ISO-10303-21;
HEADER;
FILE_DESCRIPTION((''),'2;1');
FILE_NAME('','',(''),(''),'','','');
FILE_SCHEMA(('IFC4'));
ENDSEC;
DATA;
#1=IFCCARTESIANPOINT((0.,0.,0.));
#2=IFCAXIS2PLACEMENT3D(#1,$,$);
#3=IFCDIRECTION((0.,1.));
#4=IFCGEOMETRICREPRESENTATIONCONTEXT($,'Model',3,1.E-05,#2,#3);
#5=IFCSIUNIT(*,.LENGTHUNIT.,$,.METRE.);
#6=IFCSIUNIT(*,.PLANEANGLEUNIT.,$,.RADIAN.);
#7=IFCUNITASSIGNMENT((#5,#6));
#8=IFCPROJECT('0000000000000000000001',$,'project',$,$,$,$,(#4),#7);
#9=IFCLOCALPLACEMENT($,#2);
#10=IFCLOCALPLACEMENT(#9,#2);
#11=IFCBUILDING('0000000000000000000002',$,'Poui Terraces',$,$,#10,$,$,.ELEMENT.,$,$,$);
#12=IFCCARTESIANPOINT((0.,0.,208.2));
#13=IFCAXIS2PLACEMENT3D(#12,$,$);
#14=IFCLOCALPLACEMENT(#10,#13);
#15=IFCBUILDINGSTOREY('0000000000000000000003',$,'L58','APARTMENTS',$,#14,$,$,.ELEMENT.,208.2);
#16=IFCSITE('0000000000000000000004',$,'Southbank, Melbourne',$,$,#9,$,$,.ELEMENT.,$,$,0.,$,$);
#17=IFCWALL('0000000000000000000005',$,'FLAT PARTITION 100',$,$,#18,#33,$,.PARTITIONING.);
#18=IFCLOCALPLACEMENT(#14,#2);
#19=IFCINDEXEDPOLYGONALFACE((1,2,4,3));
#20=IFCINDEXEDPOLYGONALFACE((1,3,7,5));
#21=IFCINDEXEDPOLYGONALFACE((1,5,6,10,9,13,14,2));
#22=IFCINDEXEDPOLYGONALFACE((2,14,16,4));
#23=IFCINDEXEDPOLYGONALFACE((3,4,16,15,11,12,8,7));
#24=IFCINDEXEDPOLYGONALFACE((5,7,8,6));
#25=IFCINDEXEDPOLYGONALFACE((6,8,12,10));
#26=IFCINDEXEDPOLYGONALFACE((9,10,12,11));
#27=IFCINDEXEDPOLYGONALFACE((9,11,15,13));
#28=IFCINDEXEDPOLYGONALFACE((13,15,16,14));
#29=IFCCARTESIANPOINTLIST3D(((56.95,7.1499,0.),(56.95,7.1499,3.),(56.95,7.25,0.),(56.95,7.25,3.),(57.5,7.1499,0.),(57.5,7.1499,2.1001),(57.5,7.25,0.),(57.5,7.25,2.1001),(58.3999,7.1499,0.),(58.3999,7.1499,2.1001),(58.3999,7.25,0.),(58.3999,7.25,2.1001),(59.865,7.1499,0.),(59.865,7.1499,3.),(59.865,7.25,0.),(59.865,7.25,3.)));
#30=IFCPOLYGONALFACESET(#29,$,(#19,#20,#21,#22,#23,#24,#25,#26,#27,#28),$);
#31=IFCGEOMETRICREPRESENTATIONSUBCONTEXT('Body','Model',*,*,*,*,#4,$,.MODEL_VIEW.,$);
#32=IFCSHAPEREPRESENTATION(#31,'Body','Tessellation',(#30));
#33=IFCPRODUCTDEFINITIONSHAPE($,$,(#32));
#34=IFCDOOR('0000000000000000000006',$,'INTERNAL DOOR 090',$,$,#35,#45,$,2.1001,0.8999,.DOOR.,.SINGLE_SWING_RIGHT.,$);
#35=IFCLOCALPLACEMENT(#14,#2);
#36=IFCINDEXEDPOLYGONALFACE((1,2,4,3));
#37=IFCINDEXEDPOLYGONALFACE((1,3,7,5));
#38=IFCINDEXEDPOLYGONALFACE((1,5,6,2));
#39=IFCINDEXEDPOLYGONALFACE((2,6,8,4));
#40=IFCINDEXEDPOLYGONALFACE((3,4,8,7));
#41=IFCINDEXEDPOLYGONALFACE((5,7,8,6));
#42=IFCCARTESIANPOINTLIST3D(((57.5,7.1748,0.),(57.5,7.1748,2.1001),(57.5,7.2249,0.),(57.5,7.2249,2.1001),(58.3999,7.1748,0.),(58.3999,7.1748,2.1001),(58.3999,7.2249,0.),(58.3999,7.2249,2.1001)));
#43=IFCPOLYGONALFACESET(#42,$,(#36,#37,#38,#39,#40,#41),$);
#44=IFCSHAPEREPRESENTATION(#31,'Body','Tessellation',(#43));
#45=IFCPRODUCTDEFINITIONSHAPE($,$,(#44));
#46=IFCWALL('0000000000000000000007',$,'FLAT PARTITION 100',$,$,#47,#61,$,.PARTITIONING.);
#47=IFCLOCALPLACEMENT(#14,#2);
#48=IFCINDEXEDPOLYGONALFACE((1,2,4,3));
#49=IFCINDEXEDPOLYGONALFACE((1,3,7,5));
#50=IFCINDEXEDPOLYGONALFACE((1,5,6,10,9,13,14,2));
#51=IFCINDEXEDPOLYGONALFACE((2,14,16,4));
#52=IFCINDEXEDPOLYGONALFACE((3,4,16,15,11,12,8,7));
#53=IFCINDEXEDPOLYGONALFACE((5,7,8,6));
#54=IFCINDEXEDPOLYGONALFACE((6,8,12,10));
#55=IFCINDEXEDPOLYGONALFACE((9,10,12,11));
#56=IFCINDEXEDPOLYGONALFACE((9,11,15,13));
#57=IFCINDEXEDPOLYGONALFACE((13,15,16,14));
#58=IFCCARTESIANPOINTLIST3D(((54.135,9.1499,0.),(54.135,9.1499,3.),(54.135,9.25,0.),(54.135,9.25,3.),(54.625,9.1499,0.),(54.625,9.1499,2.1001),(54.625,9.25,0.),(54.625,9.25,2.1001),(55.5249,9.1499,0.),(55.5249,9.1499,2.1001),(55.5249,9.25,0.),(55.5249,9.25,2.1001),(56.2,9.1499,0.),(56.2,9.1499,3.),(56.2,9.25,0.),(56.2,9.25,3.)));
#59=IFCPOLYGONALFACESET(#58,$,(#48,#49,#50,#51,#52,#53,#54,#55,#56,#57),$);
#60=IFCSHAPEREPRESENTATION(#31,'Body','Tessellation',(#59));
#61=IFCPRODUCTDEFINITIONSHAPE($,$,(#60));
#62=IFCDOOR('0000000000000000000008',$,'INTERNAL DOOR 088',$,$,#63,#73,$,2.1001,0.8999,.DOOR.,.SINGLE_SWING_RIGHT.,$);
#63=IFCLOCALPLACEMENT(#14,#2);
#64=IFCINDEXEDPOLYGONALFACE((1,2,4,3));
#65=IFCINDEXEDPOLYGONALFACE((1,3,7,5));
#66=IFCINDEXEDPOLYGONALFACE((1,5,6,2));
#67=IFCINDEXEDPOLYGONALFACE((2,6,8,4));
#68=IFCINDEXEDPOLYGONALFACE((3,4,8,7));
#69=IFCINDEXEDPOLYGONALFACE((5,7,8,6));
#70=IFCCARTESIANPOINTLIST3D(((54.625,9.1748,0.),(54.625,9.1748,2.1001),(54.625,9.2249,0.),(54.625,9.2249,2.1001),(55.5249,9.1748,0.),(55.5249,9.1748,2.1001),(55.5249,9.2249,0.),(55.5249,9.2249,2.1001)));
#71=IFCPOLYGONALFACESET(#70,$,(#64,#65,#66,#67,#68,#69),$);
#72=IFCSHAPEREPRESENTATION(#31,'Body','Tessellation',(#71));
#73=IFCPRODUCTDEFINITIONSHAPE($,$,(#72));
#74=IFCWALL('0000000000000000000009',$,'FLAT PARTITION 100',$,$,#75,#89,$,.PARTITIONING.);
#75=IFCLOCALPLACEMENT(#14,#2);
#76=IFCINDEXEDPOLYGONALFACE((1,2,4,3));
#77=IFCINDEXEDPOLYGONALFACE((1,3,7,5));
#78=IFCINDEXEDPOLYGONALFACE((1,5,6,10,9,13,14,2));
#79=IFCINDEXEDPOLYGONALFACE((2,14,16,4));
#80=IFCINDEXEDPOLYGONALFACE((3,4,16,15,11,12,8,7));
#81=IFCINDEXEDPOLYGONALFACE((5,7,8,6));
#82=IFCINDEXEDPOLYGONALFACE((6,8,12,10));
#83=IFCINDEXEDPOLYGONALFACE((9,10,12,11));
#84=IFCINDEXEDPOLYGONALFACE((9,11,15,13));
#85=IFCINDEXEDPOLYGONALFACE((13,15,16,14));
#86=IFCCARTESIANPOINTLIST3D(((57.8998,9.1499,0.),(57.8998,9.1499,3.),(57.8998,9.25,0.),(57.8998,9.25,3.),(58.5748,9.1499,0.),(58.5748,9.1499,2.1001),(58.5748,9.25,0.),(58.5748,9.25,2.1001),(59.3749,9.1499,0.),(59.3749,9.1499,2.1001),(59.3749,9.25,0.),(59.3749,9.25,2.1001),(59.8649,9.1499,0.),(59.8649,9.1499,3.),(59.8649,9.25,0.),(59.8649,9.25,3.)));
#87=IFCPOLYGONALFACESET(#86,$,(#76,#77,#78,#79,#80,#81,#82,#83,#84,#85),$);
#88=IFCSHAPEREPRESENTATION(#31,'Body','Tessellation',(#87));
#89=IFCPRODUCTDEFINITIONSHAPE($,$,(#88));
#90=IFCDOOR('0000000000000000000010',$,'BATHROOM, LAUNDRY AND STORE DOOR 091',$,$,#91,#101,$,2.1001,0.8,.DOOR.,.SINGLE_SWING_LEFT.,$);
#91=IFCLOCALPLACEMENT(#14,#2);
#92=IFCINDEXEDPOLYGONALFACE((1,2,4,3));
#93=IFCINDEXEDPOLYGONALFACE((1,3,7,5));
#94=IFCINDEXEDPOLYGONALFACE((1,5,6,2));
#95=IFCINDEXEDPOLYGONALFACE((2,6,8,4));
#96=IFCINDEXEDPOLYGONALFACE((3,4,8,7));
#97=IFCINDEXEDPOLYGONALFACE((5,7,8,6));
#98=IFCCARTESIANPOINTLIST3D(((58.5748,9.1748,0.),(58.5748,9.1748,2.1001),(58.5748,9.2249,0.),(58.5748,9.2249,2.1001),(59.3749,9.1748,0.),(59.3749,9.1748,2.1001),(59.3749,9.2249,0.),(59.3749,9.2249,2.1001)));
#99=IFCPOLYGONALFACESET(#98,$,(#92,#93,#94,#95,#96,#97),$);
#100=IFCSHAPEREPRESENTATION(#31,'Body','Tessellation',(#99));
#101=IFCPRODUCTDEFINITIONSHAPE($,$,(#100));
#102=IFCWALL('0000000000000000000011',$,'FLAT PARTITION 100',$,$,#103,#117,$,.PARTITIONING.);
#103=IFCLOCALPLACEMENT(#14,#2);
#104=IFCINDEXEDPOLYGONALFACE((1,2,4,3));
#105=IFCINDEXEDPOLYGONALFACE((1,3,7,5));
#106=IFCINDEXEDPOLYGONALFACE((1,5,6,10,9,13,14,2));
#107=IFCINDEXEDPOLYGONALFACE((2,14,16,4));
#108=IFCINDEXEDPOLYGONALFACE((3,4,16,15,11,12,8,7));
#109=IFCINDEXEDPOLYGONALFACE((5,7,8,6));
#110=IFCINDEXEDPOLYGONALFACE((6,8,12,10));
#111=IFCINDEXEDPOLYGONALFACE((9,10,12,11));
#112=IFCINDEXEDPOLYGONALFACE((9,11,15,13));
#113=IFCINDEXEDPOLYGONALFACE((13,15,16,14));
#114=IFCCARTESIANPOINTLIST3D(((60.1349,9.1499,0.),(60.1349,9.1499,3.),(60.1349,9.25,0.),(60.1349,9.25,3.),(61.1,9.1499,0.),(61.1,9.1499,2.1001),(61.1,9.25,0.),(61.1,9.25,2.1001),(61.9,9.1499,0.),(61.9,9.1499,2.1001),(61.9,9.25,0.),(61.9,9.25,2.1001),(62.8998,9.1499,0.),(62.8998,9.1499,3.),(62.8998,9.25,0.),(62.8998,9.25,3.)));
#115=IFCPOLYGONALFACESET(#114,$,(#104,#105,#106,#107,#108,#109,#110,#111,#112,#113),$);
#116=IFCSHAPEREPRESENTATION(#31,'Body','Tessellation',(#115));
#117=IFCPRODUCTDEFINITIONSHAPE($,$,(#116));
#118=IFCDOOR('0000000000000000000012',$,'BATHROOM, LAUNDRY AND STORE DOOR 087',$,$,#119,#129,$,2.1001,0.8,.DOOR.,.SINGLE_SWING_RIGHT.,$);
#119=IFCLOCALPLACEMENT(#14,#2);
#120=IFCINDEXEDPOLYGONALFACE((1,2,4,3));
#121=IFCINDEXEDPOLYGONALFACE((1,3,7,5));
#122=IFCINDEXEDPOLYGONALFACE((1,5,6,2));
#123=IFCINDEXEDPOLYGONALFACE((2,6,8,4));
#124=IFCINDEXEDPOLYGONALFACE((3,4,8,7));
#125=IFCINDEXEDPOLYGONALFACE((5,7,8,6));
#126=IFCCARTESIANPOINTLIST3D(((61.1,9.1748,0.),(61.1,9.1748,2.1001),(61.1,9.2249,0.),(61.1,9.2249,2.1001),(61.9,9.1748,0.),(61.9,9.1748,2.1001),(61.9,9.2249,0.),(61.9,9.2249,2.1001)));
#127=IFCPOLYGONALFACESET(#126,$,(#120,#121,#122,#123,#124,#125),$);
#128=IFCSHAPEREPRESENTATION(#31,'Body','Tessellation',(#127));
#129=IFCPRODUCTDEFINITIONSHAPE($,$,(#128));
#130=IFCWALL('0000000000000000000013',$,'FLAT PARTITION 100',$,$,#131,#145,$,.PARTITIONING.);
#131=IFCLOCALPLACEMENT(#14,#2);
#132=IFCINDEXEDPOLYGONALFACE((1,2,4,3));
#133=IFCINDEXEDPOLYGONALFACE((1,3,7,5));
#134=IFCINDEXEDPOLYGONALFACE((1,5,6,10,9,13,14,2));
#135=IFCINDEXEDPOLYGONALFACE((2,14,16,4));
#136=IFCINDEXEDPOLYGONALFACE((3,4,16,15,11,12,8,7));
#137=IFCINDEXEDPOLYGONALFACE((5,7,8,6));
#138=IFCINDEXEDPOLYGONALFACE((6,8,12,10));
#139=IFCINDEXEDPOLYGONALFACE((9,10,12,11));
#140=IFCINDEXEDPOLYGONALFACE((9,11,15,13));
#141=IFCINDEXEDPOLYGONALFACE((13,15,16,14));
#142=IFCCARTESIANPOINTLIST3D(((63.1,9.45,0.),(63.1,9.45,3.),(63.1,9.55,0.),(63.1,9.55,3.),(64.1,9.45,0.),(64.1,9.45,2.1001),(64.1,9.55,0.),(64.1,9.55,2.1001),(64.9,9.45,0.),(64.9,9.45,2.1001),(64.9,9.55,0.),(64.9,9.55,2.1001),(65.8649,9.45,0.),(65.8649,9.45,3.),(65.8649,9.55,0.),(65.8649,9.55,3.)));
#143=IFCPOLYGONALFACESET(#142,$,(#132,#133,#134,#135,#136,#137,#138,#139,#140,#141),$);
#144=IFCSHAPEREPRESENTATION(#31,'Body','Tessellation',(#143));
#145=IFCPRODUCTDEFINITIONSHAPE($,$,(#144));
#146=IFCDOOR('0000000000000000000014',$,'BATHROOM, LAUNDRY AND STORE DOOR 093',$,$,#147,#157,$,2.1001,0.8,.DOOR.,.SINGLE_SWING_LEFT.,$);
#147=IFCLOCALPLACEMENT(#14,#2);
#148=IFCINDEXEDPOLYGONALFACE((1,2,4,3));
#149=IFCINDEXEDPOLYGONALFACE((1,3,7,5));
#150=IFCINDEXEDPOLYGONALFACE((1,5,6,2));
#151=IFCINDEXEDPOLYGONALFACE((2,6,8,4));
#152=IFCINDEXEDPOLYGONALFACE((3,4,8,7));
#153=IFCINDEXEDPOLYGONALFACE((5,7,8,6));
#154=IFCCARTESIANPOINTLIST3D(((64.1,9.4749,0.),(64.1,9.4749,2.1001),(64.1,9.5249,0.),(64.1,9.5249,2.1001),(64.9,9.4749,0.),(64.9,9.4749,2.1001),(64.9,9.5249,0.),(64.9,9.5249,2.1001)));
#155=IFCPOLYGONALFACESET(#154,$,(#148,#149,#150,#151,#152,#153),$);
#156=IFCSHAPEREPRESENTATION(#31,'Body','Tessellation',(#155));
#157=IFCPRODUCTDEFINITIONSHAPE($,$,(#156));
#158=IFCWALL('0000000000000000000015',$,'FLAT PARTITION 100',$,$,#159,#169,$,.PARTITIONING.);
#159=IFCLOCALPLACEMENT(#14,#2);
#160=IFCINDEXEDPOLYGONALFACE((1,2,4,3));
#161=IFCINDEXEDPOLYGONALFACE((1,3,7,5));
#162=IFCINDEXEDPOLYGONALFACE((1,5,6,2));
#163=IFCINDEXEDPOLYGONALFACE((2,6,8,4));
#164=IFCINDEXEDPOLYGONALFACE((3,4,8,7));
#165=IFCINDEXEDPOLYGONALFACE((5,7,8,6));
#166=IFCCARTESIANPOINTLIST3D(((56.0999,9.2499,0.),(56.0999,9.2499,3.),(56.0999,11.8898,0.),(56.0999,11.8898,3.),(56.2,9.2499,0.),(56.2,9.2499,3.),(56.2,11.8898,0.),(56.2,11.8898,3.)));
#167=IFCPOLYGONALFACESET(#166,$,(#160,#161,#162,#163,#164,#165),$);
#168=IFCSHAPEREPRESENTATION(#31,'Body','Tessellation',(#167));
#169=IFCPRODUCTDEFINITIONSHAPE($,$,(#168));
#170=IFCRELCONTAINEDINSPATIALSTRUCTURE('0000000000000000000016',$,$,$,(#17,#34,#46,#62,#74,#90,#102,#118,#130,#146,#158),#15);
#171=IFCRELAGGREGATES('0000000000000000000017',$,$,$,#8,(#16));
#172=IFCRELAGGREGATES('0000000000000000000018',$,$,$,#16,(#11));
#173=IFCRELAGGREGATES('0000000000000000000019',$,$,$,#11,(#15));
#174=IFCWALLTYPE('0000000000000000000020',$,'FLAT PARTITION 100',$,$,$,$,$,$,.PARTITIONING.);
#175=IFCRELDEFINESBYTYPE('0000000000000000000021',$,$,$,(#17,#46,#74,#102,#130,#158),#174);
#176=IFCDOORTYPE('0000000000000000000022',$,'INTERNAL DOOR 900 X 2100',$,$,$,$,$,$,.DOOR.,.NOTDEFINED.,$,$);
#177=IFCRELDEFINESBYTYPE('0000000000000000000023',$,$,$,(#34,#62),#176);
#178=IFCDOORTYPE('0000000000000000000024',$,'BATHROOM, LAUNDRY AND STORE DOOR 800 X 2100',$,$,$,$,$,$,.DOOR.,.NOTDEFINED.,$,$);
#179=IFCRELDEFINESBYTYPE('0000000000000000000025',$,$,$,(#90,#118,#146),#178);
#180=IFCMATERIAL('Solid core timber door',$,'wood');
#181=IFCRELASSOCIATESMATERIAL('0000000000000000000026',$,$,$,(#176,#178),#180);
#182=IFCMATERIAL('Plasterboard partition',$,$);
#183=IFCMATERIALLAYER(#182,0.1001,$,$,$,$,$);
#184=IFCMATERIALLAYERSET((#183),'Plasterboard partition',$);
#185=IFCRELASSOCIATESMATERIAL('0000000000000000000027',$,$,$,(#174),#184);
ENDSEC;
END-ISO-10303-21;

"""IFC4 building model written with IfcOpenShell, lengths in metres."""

from ifc_helpers import new_model, si_unit, direction, frame, frame_2d, origin, place, context, subcontext, project, spatial, rectangle, extrude, material, layer, layer_set, type_object, element, fill, save


model = new_model("IFC4")

# Units and contexts
model_context = context("Model", 3, precision=1e-05, world=origin(), true_north=direction((0.0, 1.0)))
body_context = subcontext(model_context, "Body", "Model", "MODEL_VIEW")
ifc_project = project(units=[si_unit("LENGTHUNIT", "METRE"), si_unit("PLANEANGLEUNIT", "RADIAN")], contexts=[model_context])

# Site, building, storey
site_placement = place(None, origin())
site = spatial("IfcSite", under=ifc_project, at=site_placement, Name="Southbank, Melbourne", CompositionType="ELEMENT", RefElevation=0.0)
building_placement = place(site_placement, origin())
building = spatial("IfcBuilding", under=site, at=building_placement, Name="Poui Terraces", CompositionType="ELEMENT")
storey_placement = place(building_placement, frame((0.0, 0.0, 208.2)))
storey = spatial("IfcBuildingStorey", under=building, at=storey_placement, Name="L58", Description="APARTMENTS", CompositionType="ELEMENT", Elevation=208.2)

# Walls, openings, doors
ifc_material_1 = material(Name="Solid core timber door", Category="wood")
door_type_1 = type_object("IfcDoorType", Name="INTERNAL DOOR 900 X 2100", OperationType="NOTDEFINED", PredefinedType="DOOR", material=ifc_material_1)
ifc_material_2 = material(Name="Plasterboard partition")
ifc_layer_1 = layer(ifc_material_2, 0.1001)
ifc_layer_set_1 = layer_set([ifc_layer_1], Name="Plasterboard partition")
wall_type_1 = type_object("IfcWallType", Name="FLAT PARTITION 100", PredefinedType="PARTITIONING", material=ifc_layer_set_1)
wall_1_placement = place(storey_placement, frame((56.95, 7.2, 0.0), z_axis=(0.0, 0.0, 1.0), x_axis=(1.0, 0.0, 0.0)))
wall_1 = element("IfcWall", 1, at=wall_1_placement, inside=storey, type_object=wall_type_1, Name="FLAT PARTITION 100", PredefinedType="PARTITIONING", context=body_context, shape_type="SweptSolid", body=[
    extrude(rectangle(XDim=2.915, YDim=0.1001, at=frame_2d((1.4575, 0.0))), origin(), (0.0, 0.0, 1.0), 3.0),
])
opening_1_placement = place(wall_1_placement, frame((0.55, 0.0, 0.0)))
opening_1 = element("IfcOpeningElement", 2, at=opening_1_placement, cuts=wall_1, PredefinedType="OPENING", context=body_context, shape_type="SweptSolid", body=[
    extrude(rectangle(XDim=0.8999, YDim=2.1001, at=frame_2d((0.45, 1.05))), frame((0.0, 0.0601, 0.0), z_axis=(0.0, -1.0, 0.0), x_axis=(1.0, 0.0, 0.0)), (0.0, 0.0, 1.0), 0.1201),
])
door_1_placement = place(opening_1_placement, origin())
door_1 = element("IfcDoor", 3, at=door_1_placement, inside=storey, type_object=door_type_1, Name="INTERNAL DOOR 090", OperationType="SINGLE_SWING_RIGHT", OverallHeight=2.1001, OverallWidth=0.8999, PredefinedType="DOOR", context=body_context, shape_type="SweptSolid", body=[
    extrude(rectangle(XDim=0.8999, YDim=2.1001, at=frame_2d((0.45, 1.05))), frame((0.0, 0.0249, 0.0), z_axis=(0.0, -1.0, 0.0), x_axis=(1.0, 0.0, 0.0)), (0.0, 0.0, 1.0), 0.05),
])
fill(opening_1, door_1)
wall_2_placement = place(storey_placement, frame((54.135, 9.2, 0.0), z_axis=(0.0, 0.0, 1.0), x_axis=(1.0, 0.0, 0.0)))
wall_2 = element("IfcWall", 4, at=wall_2_placement, inside=storey, type_object=wall_type_1, Name="FLAT PARTITION 100", PredefinedType="PARTITIONING", context=body_context, shape_type="SweptSolid", body=[
    extrude(rectangle(XDim=2.0649, YDim=0.1001, at=frame_2d((1.0325, 0.0))), origin(), (0.0, 0.0, 1.0), 3.0),
])
opening_2_placement = place(wall_2_placement, frame((0.49, 0.0, 0.0)))
opening_2 = element("IfcOpeningElement", 5, at=opening_2_placement, cuts=wall_2, PredefinedType="OPENING", context=body_context, shape_type="SweptSolid", body=[
    extrude(rectangle(XDim=0.8999, YDim=2.1001, at=frame_2d((0.45, 1.05))), frame((0.0, 0.0601, 0.0), z_axis=(0.0, -1.0, 0.0), x_axis=(1.0, 0.0, 0.0)), (0.0, 0.0, 1.0), 0.1201),
])
door_2_placement = place(opening_2_placement, origin())
door_2 = element("IfcDoor", 6, at=door_2_placement, inside=storey, type_object=door_type_1, Name="INTERNAL DOOR 088", OperationType="SINGLE_SWING_RIGHT", OverallHeight=2.1001, OverallWidth=0.8999, PredefinedType="DOOR", context=body_context, shape_type="SweptSolid", body=[
    extrude(rectangle(XDim=0.8999, YDim=2.1001, at=frame_2d((0.45, 1.05))), frame((0.0, 0.0249, 0.0), z_axis=(0.0, -1.0, 0.0), x_axis=(1.0, 0.0, 0.0)), (0.0, 0.0, 1.0), 0.05),
])
fill(opening_2, door_2)
wall_3_placement = place(storey_placement, frame((57.8999, 9.2, 0.0), z_axis=(0.0, 0.0, 1.0), x_axis=(1.0, 0.0, 0.0)))
wall_3 = element("IfcWall", 7, at=wall_3_placement, inside=storey, type_object=wall_type_1, Name="FLAT PARTITION 100", PredefinedType="PARTITIONING", context=body_context, shape_type="SweptSolid", body=[
    extrude(rectangle(XDim=1.9651, YDim=0.1001, at=frame_2d((0.9824, 0.0))), origin(), (0.0, 0.0, 1.0), 3.0),
])
opening_3_placement = place(wall_3_placement, frame((0.675, 0.0, 0.0)))
opening_3 = element("IfcOpeningElement", 8, at=opening_3_placement, cuts=wall_3, PredefinedType="OPENING", context=body_context, shape_type="SweptSolid", body=[
    extrude(rectangle(XDim=0.8, YDim=2.1001, at=frame_2d((0.3999, 1.05))), frame((0.0, 0.0601, 0.0), z_axis=(0.0, -1.0, 0.0), x_axis=(1.0, 0.0, 0.0)), (0.0, 0.0, 1.0), 0.1201),
])
door_type_2 = type_object("IfcDoorType", Name="BATHROOM, LAUNDRY AND STORE DOOR 800 X 2100", OperationType="NOTDEFINED", PredefinedType="DOOR", material=ifc_material_1)
door_3_placement = place(opening_3_placement, origin())
door_3 = element("IfcDoor", 9, at=door_3_placement, inside=storey, type_object=door_type_2, Name="BATHROOM, LAUNDRY AND STORE DOOR 091", OperationType="SINGLE_SWING_LEFT", OverallHeight=2.1001, OverallWidth=0.8, PredefinedType="DOOR", context=body_context, shape_type="SweptSolid", body=[
    extrude(rectangle(XDim=0.8, YDim=2.1001, at=frame_2d((0.3999, 1.05))), frame((0.0, 0.0249, 0.0), z_axis=(0.0, -1.0, 0.0), x_axis=(1.0, 0.0, 0.0)), (0.0, 0.0, 1.0), 0.05),
])
fill(opening_3, door_3)
wall_4_placement = place(storey_placement, frame((60.135, 9.2, 0.0), z_axis=(0.0, 0.0, 1.0), x_axis=(1.0, 0.0, 0.0)))
wall_4 = element("IfcWall", 10, at=wall_4_placement, inside=storey, type_object=wall_type_1, Name="FLAT PARTITION 100", PredefinedType="PARTITIONING", context=body_context, shape_type="SweptSolid", body=[
    extrude(rectangle(XDim=2.7649, YDim=0.1001, at=frame_2d((1.3823, 0.0))), origin(), (0.0, 0.0, 1.0), 3.0),
])
opening_4_placement = place(wall_4_placement, frame((0.9651, 0.0, 0.0)))
opening_4 = element("IfcOpeningElement", 11, at=opening_4_placement, cuts=wall_4, PredefinedType="OPENING", context=body_context, shape_type="SweptSolid", body=[
    extrude(rectangle(XDim=0.8, YDim=2.1001, at=frame_2d((0.3999, 1.05))), frame((0.0, 0.0601, 0.0), z_axis=(0.0, -1.0, 0.0), x_axis=(1.0, 0.0, 0.0)), (0.0, 0.0, 1.0), 0.1201),
])
door_4_placement = place(opening_4_placement, origin())
door_4 = element("IfcDoor", 12, at=door_4_placement, inside=storey, type_object=door_type_2, Name="BATHROOM, LAUNDRY AND STORE DOOR 087", OperationType="SINGLE_SWING_RIGHT", OverallHeight=2.1001, OverallWidth=0.8, PredefinedType="DOOR", context=body_context, shape_type="SweptSolid", body=[
    extrude(rectangle(XDim=0.8, YDim=2.1001, at=frame_2d((0.3999, 1.05))), frame((0.0, 0.0249, 0.0), z_axis=(0.0, -1.0, 0.0), x_axis=(1.0, 0.0, 0.0)), (0.0, 0.0, 1.0), 0.05),
])
fill(opening_4, door_4)
wall_5_placement = place(storey_placement, frame((63.1001, 9.5, 0.0), z_axis=(0.0, 0.0, 1.0), x_axis=(1.0, 0.0, 0.0)))
wall_5 = element("IfcWall", 13, at=wall_5_placement, inside=storey, type_object=wall_type_1, Name="FLAT PARTITION 100", PredefinedType="PARTITIONING", context=body_context, shape_type="SweptSolid", body=[
    extrude(rectangle(XDim=2.7649, YDim=0.1001, at=frame_2d((1.3823, 0.0))), origin(), (0.0, 0.0, 1.0), 3.0),
])
opening_5_placement = place(wall_5_placement, frame((1.0, 0.0, 0.0)))
opening_5 = element("IfcOpeningElement", 14, at=opening_5_placement, cuts=wall_5, PredefinedType="OPENING", context=body_context, shape_type="SweptSolid", body=[
    extrude(rectangle(XDim=0.8, YDim=2.1001, at=frame_2d((0.3999, 1.05))), frame((0.0, 0.0601, 0.0), z_axis=(0.0, -1.0, 0.0), x_axis=(1.0, 0.0, 0.0)), (0.0, 0.0, 1.0), 0.1201),
])
door_5_placement = place(opening_5_placement, origin())
door_5 = element("IfcDoor", 15, at=door_5_placement, inside=storey, type_object=door_type_2, Name="BATHROOM, LAUNDRY AND STORE DOOR 093", OperationType="SINGLE_SWING_LEFT", OverallHeight=2.1001, OverallWidth=0.8, PredefinedType="DOOR", context=body_context, shape_type="SweptSolid", body=[
    extrude(rectangle(XDim=0.8, YDim=2.1001, at=frame_2d((0.3999, 1.05))), frame((0.0, 0.0249, 0.0), z_axis=(0.0, -1.0, 0.0), x_axis=(1.0, 0.0, 0.0)), (0.0, 0.0, 1.0), 0.05),
])
fill(opening_5, door_5)

# Wall
wall_6_placement = place(storey_placement, frame((56.1499, 9.25, 0.0), z_axis=(0.0, 0.0, 1.0), x_axis=(0.0, 1.0, 0.0)))
element("IfcWall", 16, at=wall_6_placement, inside=storey, type_object=wall_type_1, Name="FLAT PARTITION 100", PredefinedType="PARTITIONING", context=body_context, shape_type="SweptSolid", body=[
    extrude(rectangle(XDim=2.6399, YDim=0.1001, at=frame_2d((1.3198, 0.0))), origin(), (0.0, 0.0, 1.0), 3.0),
])

save(model, "model.ifc")
